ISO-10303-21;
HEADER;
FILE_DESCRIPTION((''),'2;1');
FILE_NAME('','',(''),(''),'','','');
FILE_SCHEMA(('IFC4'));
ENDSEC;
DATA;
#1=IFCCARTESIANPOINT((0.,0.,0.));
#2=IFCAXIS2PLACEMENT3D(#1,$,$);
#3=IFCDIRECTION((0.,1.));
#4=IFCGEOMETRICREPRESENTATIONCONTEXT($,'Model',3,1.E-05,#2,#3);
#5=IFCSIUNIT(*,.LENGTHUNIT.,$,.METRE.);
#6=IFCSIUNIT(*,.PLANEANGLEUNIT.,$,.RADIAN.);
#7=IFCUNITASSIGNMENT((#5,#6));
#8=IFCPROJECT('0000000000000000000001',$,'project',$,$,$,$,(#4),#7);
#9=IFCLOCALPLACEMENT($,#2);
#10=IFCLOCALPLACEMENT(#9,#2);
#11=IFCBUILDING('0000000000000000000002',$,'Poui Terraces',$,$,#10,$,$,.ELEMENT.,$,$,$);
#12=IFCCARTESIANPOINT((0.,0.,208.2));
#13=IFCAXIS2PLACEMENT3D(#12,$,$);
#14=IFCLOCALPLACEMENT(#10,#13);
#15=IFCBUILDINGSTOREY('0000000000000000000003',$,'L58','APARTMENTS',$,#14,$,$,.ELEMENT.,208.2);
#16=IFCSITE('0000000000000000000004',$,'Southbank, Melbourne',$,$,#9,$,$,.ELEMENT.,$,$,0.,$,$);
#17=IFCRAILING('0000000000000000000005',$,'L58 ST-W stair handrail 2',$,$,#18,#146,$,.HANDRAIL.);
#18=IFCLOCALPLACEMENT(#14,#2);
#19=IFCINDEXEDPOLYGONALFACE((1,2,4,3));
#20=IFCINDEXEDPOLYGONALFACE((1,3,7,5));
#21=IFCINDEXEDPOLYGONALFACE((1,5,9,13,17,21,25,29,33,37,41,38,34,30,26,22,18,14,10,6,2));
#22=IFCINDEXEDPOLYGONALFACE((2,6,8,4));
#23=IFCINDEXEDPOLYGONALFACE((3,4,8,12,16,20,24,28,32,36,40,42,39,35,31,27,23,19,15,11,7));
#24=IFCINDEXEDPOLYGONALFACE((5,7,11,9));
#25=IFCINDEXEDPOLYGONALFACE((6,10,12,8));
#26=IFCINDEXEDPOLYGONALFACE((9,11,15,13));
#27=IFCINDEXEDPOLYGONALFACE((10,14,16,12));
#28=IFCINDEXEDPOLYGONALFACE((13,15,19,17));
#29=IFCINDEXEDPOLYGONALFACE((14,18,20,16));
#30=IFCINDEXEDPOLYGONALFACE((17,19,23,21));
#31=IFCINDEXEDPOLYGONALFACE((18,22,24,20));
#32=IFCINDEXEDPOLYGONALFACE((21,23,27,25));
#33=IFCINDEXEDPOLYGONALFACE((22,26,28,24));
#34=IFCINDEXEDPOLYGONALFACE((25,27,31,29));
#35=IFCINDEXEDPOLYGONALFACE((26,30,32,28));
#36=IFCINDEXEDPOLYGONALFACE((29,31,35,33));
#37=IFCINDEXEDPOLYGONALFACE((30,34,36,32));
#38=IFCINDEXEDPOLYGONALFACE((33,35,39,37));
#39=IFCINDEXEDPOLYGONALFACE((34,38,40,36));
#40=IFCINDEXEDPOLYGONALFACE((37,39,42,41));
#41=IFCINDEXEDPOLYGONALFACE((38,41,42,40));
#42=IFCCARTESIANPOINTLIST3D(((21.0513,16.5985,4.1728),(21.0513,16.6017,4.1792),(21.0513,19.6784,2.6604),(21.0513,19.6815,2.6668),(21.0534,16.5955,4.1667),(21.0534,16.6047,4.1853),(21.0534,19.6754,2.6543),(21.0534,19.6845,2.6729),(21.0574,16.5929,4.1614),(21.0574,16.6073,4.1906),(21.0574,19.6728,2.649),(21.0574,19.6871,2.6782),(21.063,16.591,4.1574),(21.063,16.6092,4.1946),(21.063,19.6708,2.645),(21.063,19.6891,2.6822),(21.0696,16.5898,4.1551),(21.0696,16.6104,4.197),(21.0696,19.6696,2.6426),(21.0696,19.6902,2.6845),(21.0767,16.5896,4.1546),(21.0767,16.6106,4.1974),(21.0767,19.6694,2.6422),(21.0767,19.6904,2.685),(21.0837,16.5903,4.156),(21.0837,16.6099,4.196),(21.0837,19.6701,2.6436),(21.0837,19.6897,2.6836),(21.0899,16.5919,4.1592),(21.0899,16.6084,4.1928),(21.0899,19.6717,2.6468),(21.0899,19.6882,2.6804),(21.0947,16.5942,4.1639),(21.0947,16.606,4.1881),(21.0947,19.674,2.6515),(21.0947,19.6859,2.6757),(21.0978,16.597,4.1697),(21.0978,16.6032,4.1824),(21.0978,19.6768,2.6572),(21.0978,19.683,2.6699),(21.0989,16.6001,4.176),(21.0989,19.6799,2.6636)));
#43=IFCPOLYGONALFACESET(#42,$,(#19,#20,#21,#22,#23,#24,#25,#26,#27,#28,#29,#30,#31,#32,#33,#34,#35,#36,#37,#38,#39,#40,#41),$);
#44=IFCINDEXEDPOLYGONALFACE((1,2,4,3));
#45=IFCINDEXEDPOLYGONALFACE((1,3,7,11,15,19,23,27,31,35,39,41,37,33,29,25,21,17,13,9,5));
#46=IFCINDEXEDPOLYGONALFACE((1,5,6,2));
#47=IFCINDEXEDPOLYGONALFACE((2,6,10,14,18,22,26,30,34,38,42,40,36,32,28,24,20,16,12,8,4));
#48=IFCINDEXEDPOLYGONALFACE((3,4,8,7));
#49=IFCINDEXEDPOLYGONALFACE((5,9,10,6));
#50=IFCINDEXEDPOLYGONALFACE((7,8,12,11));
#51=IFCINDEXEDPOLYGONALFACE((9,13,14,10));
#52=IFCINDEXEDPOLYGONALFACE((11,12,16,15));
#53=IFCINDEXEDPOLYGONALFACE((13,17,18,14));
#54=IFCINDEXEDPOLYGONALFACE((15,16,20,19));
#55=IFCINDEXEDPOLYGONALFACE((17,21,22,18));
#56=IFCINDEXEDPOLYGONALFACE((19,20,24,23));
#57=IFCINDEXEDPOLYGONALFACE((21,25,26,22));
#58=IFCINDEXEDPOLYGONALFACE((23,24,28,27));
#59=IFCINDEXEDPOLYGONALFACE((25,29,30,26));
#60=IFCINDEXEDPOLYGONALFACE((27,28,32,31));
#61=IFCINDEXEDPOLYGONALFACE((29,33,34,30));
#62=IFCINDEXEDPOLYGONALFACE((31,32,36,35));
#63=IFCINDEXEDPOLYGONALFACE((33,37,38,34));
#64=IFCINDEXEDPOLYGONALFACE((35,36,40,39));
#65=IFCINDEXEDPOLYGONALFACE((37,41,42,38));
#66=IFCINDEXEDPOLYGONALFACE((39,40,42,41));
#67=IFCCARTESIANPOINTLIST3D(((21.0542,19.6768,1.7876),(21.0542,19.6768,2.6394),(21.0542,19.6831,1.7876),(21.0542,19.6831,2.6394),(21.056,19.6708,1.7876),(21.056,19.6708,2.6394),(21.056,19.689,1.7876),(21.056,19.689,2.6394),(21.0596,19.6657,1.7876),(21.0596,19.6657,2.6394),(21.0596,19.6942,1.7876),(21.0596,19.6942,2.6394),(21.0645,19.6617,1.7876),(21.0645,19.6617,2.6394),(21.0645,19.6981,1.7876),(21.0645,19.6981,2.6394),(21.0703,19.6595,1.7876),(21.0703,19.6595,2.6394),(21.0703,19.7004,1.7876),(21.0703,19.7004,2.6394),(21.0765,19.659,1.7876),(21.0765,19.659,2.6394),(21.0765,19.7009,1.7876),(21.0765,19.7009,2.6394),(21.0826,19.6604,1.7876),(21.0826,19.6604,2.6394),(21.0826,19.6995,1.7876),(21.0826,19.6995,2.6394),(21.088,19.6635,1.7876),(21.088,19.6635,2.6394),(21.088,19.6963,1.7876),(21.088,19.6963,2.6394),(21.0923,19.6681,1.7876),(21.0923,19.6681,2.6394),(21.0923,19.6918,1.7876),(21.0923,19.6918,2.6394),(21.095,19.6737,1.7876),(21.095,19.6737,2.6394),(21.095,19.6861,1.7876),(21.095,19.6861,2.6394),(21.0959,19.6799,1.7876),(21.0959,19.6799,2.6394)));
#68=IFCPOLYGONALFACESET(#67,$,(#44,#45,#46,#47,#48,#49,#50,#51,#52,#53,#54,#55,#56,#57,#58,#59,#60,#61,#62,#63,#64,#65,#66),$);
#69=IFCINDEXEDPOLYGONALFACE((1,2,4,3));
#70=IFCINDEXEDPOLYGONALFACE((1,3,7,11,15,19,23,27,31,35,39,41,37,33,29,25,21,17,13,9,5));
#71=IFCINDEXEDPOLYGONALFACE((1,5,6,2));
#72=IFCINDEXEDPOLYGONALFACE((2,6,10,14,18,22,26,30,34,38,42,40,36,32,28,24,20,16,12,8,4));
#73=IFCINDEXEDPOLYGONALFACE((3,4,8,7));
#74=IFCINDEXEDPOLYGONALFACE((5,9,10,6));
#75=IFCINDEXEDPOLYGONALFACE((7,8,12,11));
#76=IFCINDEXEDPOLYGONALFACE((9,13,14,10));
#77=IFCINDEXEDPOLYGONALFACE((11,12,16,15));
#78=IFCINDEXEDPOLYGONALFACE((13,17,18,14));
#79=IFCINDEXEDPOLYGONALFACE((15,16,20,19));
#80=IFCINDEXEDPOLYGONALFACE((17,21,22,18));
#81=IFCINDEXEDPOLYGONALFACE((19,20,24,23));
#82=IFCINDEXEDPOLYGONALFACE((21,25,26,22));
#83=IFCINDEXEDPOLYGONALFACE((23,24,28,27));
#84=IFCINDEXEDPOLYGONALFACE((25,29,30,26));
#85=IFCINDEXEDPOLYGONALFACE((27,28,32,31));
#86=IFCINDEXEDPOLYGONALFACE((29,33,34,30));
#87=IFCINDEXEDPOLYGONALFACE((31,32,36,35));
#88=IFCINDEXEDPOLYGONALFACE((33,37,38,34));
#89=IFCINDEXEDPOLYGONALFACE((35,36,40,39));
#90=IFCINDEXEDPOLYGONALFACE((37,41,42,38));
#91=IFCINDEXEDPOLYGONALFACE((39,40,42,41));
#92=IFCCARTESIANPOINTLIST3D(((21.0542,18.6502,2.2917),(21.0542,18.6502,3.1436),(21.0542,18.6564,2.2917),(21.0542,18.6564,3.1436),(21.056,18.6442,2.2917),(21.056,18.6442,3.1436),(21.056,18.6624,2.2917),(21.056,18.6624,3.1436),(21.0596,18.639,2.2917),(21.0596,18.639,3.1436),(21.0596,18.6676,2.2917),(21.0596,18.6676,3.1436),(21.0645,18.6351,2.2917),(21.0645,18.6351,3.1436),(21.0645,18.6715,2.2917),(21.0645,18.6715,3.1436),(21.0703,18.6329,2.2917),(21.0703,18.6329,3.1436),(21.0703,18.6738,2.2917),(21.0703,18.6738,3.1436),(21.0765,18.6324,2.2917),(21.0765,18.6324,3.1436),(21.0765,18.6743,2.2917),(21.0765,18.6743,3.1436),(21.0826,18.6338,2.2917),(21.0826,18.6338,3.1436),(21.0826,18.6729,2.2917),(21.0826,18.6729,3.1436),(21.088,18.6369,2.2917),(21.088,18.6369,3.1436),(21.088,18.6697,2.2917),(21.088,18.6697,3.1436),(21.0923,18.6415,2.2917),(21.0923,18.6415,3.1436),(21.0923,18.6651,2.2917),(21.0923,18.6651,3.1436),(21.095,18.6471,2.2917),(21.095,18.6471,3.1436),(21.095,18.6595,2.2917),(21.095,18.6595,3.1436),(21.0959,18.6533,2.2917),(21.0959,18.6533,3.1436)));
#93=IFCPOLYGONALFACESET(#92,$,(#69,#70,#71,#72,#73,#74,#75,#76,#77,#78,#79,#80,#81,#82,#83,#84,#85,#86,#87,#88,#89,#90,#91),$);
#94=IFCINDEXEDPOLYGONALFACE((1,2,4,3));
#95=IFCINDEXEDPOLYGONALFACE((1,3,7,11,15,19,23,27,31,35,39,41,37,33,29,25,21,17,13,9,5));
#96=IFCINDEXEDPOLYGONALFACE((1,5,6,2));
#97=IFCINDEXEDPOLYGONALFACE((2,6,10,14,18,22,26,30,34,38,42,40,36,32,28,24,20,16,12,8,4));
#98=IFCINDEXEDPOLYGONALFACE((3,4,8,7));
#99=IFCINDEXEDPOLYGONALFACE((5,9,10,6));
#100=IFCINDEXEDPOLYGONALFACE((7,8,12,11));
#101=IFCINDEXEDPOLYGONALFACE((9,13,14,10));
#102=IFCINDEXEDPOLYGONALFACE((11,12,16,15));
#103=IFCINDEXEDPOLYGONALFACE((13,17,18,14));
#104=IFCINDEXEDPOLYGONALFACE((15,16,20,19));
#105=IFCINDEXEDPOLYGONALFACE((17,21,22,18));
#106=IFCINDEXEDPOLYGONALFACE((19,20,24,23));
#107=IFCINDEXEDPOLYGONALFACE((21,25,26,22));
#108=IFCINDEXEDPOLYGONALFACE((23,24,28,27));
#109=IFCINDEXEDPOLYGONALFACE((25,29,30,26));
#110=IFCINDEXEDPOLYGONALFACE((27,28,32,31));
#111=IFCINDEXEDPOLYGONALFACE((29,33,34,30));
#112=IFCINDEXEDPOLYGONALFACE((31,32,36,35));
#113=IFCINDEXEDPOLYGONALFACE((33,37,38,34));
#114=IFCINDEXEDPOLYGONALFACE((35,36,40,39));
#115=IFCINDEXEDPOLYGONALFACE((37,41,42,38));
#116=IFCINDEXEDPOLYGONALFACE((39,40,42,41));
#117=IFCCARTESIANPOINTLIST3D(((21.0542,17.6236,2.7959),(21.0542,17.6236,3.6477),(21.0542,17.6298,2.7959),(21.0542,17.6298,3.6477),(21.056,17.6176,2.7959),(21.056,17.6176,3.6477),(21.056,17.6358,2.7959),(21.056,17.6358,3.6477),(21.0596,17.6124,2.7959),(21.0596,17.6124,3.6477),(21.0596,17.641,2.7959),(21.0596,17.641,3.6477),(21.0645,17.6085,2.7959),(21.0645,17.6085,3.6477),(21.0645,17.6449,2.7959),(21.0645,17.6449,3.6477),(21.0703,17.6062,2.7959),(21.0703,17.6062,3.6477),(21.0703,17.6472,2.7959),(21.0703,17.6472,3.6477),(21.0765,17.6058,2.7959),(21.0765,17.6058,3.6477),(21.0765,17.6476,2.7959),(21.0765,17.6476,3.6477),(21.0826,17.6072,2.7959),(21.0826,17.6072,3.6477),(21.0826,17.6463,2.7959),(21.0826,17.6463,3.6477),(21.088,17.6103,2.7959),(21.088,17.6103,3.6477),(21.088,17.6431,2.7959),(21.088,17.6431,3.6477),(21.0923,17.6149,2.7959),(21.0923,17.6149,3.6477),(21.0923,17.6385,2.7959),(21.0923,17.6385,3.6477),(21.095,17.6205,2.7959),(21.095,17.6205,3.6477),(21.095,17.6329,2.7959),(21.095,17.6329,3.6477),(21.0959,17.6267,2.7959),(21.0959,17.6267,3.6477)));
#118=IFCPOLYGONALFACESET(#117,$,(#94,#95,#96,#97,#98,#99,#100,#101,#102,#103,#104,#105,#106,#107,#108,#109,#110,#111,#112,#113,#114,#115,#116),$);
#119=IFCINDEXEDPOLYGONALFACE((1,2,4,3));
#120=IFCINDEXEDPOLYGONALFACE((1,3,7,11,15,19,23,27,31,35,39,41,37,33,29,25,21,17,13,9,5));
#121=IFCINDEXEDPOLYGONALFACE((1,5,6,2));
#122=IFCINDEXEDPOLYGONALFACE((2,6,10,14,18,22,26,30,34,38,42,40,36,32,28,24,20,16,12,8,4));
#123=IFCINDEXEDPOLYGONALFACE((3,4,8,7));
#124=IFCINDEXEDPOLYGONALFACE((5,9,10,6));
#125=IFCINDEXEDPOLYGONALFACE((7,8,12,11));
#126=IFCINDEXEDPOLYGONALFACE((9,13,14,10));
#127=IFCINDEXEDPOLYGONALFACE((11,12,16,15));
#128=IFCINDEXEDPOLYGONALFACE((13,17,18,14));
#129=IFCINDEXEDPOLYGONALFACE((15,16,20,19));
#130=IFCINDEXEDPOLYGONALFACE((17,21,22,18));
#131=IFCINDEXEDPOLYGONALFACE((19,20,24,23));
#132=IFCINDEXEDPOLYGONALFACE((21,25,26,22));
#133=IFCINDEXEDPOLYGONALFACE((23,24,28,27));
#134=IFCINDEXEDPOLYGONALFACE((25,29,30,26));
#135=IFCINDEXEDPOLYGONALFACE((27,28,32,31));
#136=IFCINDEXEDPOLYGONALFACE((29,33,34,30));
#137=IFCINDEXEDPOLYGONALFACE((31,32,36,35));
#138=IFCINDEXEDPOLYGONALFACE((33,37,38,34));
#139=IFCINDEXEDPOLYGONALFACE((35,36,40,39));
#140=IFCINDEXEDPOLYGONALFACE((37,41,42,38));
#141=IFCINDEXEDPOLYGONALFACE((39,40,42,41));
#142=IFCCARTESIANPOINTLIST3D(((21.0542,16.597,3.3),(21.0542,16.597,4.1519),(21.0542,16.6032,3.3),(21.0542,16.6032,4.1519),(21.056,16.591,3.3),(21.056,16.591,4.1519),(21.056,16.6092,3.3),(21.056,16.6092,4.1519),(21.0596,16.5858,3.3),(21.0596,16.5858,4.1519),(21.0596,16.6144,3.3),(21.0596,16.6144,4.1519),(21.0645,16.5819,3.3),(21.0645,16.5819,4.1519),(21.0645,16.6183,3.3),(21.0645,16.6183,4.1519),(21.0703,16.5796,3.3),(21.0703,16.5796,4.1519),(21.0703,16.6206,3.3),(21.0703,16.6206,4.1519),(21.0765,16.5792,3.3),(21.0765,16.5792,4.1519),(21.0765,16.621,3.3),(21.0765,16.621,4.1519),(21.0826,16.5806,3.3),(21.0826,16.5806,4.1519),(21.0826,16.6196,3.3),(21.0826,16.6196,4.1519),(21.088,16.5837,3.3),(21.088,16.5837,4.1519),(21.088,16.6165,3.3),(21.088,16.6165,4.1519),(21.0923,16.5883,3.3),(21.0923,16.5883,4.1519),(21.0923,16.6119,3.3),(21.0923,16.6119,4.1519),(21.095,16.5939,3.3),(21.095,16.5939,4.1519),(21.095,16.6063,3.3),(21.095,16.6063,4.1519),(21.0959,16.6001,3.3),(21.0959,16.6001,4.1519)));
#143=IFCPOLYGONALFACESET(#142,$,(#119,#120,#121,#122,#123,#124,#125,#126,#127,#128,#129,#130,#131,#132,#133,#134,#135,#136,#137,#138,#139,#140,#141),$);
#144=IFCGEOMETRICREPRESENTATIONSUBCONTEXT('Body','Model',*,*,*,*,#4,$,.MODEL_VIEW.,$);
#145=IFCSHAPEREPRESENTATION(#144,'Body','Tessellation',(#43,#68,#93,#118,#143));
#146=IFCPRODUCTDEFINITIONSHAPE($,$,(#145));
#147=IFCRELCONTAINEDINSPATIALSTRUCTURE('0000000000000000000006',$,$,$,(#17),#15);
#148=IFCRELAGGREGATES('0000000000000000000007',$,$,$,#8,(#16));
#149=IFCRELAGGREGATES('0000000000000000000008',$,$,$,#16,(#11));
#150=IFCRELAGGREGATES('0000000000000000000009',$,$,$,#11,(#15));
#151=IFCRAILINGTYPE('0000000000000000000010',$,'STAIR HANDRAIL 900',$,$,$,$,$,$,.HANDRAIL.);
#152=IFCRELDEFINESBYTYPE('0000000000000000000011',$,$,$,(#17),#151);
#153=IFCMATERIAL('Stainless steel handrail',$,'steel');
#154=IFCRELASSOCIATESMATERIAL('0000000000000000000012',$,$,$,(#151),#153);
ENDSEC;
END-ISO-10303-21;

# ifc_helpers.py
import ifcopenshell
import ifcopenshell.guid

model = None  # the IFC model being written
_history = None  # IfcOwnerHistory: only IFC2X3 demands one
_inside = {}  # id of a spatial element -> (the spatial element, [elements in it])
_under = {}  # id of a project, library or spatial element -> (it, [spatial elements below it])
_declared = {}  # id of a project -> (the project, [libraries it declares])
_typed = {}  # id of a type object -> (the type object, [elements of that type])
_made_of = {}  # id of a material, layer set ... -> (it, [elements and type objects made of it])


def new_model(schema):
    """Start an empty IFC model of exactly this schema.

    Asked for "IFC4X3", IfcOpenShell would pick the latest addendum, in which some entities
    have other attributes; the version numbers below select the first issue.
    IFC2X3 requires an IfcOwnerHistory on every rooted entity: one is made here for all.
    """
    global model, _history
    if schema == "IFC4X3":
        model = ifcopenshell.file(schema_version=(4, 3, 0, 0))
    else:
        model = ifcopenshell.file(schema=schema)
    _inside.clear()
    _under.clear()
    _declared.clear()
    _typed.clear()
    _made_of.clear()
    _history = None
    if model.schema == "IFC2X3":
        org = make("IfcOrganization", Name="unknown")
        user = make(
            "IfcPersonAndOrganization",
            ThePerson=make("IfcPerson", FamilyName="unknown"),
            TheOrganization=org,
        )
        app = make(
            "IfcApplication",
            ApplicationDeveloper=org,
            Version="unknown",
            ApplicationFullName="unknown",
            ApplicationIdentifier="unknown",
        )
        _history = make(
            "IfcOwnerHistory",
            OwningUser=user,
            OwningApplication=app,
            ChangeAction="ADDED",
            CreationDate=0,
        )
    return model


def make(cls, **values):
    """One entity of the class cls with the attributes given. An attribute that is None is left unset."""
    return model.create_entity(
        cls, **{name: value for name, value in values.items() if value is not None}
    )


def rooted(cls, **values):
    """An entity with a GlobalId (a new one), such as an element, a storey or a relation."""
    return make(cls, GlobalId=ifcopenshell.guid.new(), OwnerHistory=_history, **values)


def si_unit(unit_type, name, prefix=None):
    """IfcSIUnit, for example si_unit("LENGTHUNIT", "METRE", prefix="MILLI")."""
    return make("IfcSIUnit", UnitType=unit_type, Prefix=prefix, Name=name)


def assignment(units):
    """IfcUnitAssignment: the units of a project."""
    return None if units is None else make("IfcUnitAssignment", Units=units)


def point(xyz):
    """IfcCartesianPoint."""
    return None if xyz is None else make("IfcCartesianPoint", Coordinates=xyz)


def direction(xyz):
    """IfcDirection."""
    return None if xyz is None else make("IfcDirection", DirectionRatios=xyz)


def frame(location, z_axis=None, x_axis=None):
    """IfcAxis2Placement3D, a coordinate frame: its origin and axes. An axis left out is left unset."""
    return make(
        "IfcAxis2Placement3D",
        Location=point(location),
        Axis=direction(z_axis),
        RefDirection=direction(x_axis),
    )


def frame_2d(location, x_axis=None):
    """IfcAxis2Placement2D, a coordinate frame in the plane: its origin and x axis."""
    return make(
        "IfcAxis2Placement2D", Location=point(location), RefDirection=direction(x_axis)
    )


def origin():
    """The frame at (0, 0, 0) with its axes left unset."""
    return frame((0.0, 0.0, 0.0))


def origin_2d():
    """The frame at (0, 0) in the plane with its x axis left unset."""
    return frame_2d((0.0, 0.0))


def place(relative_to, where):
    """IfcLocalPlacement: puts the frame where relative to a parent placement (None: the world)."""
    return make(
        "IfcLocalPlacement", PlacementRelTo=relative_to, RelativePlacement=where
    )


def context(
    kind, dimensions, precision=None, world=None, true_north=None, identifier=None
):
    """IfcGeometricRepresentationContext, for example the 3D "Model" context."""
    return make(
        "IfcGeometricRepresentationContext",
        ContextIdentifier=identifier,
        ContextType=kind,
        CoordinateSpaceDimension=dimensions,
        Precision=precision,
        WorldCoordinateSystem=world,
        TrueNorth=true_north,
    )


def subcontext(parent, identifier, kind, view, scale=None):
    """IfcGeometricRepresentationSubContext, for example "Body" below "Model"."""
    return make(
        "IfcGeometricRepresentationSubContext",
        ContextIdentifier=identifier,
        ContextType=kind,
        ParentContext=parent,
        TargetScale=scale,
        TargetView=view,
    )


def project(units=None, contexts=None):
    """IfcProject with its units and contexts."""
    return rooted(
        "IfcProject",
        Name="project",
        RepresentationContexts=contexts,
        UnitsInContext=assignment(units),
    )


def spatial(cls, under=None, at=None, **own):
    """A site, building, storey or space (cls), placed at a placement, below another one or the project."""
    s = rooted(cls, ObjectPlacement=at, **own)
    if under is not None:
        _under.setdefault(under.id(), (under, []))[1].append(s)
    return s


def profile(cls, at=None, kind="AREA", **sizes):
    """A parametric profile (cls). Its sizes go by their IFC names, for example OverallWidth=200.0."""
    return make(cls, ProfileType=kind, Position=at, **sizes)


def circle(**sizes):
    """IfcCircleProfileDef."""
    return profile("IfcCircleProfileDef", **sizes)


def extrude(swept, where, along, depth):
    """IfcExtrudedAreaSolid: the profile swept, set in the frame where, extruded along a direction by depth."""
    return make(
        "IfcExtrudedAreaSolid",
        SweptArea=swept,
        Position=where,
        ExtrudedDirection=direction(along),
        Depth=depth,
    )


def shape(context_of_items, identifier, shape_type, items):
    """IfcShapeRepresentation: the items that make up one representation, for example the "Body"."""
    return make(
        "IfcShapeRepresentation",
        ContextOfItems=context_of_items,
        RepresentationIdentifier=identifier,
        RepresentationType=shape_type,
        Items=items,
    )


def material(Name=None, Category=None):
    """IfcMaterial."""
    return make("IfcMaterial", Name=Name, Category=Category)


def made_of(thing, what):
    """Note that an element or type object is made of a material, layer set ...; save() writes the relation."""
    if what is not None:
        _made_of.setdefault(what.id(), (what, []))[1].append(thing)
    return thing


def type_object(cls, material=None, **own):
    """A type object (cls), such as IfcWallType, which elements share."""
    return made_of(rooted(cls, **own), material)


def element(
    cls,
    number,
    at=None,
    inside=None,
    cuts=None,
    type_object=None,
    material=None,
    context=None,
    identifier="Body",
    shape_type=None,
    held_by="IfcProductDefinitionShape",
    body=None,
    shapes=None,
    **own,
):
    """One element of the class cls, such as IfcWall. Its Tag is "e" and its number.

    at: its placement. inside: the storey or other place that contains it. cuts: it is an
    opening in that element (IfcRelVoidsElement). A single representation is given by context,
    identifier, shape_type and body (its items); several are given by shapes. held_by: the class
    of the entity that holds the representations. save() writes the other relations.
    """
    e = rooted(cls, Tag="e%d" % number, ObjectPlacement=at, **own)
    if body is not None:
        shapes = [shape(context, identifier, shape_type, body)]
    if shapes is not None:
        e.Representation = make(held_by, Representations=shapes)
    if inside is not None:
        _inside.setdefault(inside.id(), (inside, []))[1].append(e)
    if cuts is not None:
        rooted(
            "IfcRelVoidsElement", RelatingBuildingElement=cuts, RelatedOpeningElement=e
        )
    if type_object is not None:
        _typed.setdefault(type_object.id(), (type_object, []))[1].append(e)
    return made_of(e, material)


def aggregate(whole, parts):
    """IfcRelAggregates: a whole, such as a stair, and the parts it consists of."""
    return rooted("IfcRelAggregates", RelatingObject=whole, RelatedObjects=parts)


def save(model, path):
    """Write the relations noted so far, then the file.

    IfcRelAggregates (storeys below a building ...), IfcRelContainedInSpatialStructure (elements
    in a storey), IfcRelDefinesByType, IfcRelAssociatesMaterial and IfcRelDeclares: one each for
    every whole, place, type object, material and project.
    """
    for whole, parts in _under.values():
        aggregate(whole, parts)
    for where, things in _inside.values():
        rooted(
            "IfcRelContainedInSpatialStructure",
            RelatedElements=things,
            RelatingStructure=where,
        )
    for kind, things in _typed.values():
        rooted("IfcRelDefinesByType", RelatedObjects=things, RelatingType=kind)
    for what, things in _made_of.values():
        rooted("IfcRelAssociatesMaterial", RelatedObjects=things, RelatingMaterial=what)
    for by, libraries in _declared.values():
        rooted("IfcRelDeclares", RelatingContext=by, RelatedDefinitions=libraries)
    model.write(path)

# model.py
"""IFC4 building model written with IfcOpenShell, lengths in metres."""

from ifc_helpers import new_model, si_unit, direction, frame, origin, origin_2d, place, context, subcontext, project, spatial, circle, extrude, material, type_object, element, save


model = new_model("IFC4")

# Units and contexts
model_context = context("Model", 3, precision=1e-05, world=origin(), true_north=direction((0.0, 1.0)))
body_context = subcontext(model_context, "Body", "Model", "MODEL_VIEW")
ifc_project = project(units=[si_unit("LENGTHUNIT", "METRE"), si_unit("PLANEANGLEUNIT", "RADIAN")], contexts=[model_context])

# Site, building, storey
site_placement = place(None, origin())
site = spatial("IfcSite", under=ifc_project, at=site_placement, Name="Southbank, Melbourne", CompositionType="ELEMENT", RefElevation=0.0)
building_placement = place(site_placement, origin())
building = spatial("IfcBuilding", under=site, at=building_placement, Name="Poui Terraces", CompositionType="ELEMENT")
storey_placement = place(building_placement, frame((0.0, 0.0, 208.2)))
storey = spatial("IfcBuildingStorey", under=building, at=storey_placement, Name="L58", Description="APARTMENTS", CompositionType="ELEMENT", Elevation=208.2)

# Railing
ifc_material_1 = material(Name="Stainless steel handrail", Category="steel")
railing_type_1 = type_object("IfcRailingType", Name="STAIR HANDRAIL 900", PredefinedType="HANDRAIL", material=ifc_material_1)
railing_1_placement = place(storey_placement, frame((21.075, 19.6799, 1.7876)))
element("IfcRailing", 1, at=railing_1_placement, inside=storey, type_object=railing_type_1, Name="L58 ST-W stair handrail 2", PredefinedType="HANDRAIL", context=body_context, shape_type="SweptSolid", body=[
    extrude(circle(Radius=0.0239, at=origin_2d()), frame((0.0, 0.0, 0.876), z_axis=(0.0, -0.897606, 0.440798), x_axis=(1.0, 0.0, 0.0)), (0.0, 0.0, 1.0), 3.4312),
    extrude(circle(Radius=0.021, at=origin_2d()), origin(), (0.0, 0.0, 1.0), 0.8518),
    extrude(circle(Radius=0.021, at=origin_2d()), frame((0.0, -1.0266, 0.5042)), (0.0, 0.0, 1.0), 0.8518),
    extrude(circle(Radius=0.021, at=origin_2d()), frame((0.0, -2.0532, 1.0083)), (0.0, 0.0, 1.0), 0.8518),
    extrude(circle(Radius=0.021, at=origin_2d()), frame((0.0, -3.0798, 1.5125)), (0.0, 0.0, 1.0), 0.8518),
])

save(model, "model.ifc")
